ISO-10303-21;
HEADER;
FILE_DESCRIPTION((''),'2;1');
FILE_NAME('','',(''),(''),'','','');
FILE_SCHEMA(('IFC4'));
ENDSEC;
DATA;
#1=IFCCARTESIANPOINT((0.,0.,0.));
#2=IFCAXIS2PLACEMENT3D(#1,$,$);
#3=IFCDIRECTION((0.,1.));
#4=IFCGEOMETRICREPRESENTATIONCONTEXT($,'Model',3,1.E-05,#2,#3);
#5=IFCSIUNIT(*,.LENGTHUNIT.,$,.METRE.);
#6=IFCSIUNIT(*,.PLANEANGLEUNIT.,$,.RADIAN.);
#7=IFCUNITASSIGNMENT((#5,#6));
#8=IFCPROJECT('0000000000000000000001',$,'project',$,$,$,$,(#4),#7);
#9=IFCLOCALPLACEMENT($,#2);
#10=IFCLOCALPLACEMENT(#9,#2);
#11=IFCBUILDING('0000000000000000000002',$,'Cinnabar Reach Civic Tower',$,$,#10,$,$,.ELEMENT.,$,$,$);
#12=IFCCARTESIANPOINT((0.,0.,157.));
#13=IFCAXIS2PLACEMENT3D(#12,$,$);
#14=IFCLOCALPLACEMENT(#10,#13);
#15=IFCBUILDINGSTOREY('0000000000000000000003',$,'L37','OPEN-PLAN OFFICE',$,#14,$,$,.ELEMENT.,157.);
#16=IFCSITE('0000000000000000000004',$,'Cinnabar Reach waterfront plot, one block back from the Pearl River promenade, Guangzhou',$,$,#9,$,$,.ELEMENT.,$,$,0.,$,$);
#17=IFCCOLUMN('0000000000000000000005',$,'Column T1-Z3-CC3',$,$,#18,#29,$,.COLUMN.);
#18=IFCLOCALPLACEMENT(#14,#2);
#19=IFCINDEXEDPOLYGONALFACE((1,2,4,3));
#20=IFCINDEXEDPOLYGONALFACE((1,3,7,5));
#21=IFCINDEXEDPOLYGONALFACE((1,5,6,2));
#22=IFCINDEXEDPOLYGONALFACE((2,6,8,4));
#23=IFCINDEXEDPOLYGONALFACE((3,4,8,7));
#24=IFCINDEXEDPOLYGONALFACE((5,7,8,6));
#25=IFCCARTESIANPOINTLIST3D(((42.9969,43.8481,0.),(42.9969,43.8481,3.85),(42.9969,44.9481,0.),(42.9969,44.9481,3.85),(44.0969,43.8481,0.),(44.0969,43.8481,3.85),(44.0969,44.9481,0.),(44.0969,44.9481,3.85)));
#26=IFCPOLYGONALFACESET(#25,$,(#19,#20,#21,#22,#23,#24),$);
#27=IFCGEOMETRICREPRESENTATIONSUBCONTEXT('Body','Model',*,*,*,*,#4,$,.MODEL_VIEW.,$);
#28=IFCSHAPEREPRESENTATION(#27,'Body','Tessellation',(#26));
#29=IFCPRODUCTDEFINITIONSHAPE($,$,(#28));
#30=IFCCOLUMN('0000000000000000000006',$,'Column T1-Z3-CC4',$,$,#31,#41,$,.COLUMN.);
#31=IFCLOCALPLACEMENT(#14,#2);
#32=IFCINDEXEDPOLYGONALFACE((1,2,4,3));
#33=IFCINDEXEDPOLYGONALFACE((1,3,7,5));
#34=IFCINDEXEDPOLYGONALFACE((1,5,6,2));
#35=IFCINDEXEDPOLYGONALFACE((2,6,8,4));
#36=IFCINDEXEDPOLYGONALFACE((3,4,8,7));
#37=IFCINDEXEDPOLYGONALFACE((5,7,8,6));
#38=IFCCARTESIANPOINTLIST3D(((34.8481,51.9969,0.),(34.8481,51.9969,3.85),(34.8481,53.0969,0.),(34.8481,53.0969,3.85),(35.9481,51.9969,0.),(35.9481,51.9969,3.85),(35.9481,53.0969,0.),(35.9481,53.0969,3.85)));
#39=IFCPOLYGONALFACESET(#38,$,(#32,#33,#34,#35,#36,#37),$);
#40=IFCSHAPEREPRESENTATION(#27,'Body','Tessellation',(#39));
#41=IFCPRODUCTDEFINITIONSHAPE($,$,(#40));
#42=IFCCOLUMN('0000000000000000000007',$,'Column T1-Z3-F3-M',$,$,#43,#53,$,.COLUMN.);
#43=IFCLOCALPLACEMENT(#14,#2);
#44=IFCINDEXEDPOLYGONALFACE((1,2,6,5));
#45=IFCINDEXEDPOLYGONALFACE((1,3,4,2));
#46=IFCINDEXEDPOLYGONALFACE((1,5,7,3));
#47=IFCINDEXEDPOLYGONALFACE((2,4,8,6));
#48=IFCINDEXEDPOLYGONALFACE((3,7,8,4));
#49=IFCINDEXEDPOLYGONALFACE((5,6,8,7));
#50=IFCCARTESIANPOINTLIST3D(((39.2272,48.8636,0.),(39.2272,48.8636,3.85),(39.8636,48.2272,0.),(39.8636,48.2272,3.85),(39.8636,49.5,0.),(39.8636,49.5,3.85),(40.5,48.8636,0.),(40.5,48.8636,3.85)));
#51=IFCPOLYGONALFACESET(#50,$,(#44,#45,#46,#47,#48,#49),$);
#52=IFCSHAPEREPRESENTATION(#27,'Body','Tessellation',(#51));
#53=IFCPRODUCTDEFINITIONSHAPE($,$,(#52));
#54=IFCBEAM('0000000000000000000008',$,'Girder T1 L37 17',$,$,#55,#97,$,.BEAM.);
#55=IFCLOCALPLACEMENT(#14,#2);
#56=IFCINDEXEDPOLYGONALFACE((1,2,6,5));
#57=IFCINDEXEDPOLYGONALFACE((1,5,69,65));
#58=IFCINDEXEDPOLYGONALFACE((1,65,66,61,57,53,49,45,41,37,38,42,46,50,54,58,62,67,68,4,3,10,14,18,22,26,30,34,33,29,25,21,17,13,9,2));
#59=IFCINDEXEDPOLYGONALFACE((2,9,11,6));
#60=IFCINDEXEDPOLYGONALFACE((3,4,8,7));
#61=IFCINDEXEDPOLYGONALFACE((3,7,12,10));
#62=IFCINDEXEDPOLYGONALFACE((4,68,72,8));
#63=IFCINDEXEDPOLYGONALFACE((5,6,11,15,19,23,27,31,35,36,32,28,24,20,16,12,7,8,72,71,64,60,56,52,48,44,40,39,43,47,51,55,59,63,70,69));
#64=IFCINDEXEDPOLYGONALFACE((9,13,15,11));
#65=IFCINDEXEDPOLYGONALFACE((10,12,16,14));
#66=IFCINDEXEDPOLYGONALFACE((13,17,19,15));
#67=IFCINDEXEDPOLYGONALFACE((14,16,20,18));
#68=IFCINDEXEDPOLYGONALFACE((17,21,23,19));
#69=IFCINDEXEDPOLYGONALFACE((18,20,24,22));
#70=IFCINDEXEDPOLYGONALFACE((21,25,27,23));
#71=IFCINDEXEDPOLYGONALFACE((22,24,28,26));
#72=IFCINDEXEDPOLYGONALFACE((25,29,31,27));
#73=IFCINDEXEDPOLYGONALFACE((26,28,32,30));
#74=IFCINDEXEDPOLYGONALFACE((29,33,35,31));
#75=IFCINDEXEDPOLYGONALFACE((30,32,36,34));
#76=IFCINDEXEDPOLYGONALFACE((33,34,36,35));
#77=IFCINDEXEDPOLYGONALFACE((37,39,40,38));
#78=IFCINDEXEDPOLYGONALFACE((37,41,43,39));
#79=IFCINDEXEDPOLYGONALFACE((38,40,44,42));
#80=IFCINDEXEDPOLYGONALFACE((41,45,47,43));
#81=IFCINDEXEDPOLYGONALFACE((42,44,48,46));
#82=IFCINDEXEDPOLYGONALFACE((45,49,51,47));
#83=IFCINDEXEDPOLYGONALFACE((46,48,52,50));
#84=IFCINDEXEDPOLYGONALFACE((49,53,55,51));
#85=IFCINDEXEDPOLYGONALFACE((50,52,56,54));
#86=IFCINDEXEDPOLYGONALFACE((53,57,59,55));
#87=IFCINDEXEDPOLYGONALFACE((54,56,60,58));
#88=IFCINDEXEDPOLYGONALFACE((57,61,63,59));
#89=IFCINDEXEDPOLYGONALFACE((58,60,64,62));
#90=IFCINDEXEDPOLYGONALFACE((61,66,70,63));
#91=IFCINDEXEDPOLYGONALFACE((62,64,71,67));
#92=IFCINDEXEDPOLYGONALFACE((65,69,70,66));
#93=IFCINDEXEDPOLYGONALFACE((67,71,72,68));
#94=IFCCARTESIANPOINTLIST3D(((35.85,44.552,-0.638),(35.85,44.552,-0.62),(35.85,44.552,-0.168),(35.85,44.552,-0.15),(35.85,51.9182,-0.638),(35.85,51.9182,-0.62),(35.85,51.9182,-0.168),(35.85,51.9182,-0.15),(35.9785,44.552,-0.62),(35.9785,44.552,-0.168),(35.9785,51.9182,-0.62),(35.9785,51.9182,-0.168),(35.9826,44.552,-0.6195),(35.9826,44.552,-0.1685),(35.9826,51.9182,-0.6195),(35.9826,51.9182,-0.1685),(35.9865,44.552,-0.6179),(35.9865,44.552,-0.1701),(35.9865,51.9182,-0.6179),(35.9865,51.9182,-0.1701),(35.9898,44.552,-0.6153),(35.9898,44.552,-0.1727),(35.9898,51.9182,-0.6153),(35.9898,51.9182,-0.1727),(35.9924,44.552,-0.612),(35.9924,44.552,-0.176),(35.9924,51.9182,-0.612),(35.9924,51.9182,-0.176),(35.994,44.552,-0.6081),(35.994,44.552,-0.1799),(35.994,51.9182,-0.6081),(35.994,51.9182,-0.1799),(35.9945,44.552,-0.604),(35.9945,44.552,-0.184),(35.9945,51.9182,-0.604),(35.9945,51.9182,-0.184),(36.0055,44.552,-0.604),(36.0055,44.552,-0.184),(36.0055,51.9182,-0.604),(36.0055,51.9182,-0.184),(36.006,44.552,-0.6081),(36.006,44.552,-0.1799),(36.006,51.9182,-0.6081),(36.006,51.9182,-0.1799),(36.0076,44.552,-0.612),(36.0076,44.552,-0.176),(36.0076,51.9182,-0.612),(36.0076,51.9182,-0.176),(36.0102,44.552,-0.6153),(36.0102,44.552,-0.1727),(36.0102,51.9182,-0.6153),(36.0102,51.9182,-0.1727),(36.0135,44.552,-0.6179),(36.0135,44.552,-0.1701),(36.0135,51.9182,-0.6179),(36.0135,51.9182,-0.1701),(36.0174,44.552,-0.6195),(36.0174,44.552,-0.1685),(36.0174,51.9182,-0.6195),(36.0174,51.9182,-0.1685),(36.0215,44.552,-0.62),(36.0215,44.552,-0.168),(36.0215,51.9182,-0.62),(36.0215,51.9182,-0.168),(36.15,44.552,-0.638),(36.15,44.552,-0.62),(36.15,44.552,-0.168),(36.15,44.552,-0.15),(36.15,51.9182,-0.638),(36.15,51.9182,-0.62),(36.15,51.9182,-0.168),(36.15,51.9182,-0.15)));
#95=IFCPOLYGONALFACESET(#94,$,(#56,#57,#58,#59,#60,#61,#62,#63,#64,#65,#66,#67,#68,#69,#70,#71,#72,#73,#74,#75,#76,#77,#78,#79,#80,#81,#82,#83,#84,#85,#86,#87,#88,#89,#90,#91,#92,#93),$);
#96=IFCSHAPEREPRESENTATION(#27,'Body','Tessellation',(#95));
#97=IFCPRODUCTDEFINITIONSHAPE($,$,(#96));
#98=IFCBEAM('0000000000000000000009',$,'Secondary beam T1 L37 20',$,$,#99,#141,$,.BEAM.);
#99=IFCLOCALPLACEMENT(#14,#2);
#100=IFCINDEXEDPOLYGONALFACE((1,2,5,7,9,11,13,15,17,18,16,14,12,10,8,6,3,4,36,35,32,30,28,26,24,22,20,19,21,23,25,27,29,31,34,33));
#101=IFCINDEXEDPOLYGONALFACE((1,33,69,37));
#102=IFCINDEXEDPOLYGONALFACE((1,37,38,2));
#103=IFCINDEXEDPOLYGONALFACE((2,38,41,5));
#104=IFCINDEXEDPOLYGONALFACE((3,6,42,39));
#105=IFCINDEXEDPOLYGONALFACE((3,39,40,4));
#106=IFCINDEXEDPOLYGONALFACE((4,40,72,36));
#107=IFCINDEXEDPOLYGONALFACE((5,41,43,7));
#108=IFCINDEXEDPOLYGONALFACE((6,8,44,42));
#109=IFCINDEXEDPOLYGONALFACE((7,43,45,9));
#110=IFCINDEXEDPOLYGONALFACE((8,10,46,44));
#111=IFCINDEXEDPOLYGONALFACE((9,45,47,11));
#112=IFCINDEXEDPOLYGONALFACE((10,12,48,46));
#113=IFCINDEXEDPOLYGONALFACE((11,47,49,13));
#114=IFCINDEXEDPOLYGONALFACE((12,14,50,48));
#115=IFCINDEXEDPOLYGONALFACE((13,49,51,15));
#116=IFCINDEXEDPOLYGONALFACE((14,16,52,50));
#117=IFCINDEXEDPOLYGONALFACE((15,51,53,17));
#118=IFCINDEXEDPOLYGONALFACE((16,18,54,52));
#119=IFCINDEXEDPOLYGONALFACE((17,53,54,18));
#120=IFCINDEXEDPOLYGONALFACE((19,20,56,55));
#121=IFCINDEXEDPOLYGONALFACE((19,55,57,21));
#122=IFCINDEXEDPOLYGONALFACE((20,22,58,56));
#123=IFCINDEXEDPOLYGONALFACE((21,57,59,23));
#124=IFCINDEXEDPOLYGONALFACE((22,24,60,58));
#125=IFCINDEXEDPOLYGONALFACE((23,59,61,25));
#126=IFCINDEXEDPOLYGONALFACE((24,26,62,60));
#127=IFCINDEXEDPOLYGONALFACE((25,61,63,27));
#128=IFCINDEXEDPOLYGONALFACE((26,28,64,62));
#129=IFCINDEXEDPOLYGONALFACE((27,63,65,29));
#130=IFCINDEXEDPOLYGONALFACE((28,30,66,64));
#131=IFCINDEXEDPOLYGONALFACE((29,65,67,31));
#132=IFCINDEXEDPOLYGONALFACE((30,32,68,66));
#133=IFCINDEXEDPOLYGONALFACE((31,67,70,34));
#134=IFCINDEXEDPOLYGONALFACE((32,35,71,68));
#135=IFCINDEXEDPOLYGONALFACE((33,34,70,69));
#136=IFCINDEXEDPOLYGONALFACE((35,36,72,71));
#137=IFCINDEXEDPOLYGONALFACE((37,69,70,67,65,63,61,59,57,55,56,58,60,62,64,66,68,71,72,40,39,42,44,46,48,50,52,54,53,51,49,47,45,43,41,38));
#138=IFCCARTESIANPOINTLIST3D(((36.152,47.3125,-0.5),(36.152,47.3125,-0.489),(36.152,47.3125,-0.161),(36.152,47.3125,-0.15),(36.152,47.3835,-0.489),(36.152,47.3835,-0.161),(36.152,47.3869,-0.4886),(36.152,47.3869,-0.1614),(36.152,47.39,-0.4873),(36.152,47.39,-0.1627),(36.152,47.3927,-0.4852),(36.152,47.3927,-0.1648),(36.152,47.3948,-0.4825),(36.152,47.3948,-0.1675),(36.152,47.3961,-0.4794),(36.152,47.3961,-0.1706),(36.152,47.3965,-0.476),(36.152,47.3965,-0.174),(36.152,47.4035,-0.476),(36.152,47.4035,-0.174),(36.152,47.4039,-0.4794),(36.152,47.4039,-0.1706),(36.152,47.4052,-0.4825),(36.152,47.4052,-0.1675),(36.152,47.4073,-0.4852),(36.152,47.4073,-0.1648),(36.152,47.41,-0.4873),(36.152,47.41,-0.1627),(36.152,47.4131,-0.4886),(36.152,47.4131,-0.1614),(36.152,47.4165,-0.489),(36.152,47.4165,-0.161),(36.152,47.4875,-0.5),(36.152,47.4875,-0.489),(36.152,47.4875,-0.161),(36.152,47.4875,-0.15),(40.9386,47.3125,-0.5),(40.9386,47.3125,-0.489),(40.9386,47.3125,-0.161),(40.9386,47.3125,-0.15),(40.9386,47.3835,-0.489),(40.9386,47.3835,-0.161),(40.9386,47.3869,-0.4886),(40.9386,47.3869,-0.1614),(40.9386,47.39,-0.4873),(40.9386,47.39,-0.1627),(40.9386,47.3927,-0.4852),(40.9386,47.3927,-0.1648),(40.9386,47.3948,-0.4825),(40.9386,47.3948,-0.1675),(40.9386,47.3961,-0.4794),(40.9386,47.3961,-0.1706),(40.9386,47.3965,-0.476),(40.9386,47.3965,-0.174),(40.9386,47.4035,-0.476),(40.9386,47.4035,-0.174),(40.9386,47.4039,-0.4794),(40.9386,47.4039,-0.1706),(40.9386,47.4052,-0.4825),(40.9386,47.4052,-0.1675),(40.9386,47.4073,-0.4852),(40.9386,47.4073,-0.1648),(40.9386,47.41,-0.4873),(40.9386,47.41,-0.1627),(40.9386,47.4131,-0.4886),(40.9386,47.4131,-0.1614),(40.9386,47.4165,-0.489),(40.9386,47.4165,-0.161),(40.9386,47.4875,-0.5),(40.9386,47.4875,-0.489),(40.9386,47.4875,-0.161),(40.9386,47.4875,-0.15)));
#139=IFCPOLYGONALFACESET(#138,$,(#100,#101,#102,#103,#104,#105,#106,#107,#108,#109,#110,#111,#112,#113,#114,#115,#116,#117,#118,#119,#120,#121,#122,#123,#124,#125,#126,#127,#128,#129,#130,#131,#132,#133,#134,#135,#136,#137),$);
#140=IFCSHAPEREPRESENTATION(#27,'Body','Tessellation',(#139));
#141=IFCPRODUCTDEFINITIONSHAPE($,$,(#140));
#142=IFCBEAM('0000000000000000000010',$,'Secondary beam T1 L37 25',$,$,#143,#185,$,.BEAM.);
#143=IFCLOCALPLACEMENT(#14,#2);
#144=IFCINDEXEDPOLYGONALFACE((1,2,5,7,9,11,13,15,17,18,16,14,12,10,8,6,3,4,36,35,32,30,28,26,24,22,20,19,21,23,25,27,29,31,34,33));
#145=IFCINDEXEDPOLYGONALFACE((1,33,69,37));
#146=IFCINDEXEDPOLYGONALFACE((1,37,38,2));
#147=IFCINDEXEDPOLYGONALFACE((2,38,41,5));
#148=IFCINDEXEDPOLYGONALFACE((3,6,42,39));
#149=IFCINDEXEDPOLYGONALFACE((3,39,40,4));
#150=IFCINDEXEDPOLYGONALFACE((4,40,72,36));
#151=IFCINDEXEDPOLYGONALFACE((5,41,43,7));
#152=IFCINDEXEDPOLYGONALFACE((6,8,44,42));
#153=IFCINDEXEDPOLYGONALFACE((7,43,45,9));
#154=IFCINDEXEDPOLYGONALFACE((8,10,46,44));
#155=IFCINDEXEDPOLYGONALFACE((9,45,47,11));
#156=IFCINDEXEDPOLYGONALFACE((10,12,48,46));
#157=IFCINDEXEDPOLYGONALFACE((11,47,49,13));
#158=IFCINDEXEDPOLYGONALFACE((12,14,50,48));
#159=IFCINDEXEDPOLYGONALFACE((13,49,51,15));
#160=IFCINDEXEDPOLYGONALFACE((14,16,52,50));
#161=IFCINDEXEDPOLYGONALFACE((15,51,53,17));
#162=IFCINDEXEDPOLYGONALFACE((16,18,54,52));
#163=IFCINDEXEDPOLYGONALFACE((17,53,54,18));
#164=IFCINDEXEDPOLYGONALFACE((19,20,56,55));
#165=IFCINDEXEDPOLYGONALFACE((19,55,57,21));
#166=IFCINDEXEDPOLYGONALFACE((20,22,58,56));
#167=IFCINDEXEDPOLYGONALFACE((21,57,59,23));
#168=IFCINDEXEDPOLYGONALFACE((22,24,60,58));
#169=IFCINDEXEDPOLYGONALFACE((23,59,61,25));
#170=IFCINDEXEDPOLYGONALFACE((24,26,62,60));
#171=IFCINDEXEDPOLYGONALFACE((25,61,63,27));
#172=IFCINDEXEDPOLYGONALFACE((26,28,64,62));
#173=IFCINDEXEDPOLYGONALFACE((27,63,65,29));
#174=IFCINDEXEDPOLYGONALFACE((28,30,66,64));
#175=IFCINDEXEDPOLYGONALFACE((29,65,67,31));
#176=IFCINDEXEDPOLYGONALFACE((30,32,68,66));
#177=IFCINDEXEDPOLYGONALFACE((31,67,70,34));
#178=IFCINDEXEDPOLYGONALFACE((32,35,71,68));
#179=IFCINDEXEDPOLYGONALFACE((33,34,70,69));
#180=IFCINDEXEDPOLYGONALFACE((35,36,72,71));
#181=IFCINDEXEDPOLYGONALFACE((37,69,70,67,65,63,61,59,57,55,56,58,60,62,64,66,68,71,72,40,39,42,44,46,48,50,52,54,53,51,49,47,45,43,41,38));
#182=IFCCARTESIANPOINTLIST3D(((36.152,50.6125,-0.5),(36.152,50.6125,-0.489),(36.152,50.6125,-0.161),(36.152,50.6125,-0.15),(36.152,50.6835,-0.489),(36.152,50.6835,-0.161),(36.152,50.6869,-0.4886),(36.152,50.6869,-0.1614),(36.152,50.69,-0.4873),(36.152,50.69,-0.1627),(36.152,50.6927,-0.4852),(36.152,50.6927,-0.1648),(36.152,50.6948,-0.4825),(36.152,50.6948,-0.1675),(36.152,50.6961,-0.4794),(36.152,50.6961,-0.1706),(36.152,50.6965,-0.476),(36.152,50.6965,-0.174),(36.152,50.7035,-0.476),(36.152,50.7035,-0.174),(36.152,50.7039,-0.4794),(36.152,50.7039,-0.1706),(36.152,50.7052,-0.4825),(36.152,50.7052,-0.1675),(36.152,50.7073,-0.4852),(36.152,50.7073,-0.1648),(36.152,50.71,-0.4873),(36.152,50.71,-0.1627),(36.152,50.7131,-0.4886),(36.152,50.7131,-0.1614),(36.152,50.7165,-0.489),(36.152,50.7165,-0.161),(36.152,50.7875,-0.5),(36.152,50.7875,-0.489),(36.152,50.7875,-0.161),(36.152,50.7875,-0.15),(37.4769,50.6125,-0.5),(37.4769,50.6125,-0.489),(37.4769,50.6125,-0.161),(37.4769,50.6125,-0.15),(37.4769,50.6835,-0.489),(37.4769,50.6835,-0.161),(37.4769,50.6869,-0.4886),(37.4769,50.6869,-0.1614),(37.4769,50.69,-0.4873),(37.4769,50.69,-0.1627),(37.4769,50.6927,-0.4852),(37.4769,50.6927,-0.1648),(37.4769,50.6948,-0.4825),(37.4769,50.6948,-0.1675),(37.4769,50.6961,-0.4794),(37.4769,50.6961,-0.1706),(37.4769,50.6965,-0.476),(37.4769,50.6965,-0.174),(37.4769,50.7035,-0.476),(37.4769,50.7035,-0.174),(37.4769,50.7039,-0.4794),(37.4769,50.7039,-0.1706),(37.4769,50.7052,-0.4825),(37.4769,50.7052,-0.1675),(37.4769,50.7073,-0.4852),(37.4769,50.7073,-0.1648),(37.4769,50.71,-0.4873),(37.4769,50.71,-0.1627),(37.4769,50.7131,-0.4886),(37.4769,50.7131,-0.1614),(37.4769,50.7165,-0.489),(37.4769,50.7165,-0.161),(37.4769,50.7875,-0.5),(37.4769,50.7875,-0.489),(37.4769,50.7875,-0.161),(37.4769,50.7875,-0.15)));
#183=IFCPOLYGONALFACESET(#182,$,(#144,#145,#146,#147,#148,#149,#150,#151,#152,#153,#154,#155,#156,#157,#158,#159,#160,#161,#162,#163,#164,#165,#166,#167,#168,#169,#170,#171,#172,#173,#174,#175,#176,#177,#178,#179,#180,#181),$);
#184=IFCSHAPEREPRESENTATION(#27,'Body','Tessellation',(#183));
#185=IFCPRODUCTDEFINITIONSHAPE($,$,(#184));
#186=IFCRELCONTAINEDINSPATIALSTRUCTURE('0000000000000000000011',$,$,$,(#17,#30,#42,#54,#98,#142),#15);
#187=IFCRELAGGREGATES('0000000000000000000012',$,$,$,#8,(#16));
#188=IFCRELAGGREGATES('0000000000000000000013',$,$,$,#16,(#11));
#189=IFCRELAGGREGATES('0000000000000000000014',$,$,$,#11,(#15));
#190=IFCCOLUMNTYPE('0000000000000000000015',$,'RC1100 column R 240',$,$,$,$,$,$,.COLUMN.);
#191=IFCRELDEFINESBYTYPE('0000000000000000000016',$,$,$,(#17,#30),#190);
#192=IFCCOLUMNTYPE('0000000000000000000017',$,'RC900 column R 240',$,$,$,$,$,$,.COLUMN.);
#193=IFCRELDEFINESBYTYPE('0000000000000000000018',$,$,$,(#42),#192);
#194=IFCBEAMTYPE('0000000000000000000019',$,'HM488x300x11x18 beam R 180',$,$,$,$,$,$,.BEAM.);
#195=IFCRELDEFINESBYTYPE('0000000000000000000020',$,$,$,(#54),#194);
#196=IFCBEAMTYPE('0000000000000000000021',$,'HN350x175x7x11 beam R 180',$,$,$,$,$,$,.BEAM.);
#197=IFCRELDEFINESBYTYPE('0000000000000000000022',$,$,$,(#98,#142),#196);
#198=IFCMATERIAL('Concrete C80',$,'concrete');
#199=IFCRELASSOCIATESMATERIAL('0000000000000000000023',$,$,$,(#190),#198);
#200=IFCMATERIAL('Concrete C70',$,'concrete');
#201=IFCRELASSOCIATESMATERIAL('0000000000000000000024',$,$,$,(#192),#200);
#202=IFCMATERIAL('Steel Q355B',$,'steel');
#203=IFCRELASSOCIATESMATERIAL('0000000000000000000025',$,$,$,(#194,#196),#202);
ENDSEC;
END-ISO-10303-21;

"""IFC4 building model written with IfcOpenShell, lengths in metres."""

from ifc_helpers import new_model, si_unit, direction, frame, origin, origin_2d, place, context, subcontext, project, spatial, rectangle, i_section, extrude, material, material_profile, profile_set, type_object, element, save


model = new_model("IFC4")

# Units and contexts
model_context = context("Model", 3, precision=1e-05, world=origin(), true_north=direction((0.0, 1.0)))
body_context = subcontext(model_context, "Body", "Model", "MODEL_VIEW")
ifc_project = project(units=[si_unit("LENGTHUNIT", "METRE"), si_unit("PLANEANGLEUNIT", "RADIAN")], contexts=[model_context])

# Site, building, storey
site_placement = place(None, origin())
site = spatial("IfcSite", under=ifc_project, at=site_placement, Name="Cinnabar Reach waterfront plot, one block back from the Pearl River promenade, Guangzhou", CompositionType="ELEMENT", RefElevation=0.0)
building_placement = place(site_placement, origin())
building = spatial("IfcBuilding", under=site, at=building_placement, Name="Cinnabar Reach Civic Tower", CompositionType="ELEMENT")
storey_placement = place(building_placement, frame((0.0, 0.0, 157.0)))
storey = spatial("IfcBuildingStorey", under=building, at=storey_placement, Name="L37", Description="OPEN-PLAN OFFICE", CompositionType="ELEMENT", Elevation=157.0)

# Columns
ifc_material_1 = material(Name="Concrete C80", Category="concrete")
ifc_material_profile_1 = material_profile(ifc_material_1, rectangle(XDim=1.1, YDim=1.1, at=origin_2d()), Name="RC1100")
ifc_profile_set_1 = profile_set([ifc_material_profile_1], Name="Concrete C80")
column_type_1 = type_object("IfcColumnType", Name="RC1100 column R 240", PredefinedType="COLUMN", material=ifc_profile_set_1)
for number, where, z_axis, x_axis, name in (
    (1, (43.5469, 44.3981, 0.0), (0.0, 0.0, 1.0), (1.0, 0.0, 0.0), "Column T1-Z3-CC3"),
    (2, (35.3981, 52.5469, 0.0), (0.0, 0.0, 1.0), (1.0, 0.0, 0.0), "Column T1-Z3-CC4"),
):
    element("IfcColumn", number, at=place(storey_placement, frame(where, z_axis=z_axis, x_axis=x_axis)), inside=storey, type_object=column_type_1, Name=name, PredefinedType="COLUMN", context=body_context, shape_type="SweptSolid", body=[
        extrude(rectangle(XDim=1.1, YDim=1.1, at=origin_2d()), origin(), (0.0, 0.0, 1.0), 3.85),
    ])
ifc_material_2 = material(Name="Concrete C70", Category="concrete")
ifc_material_profile_2 = material_profile(ifc_material_2, rectangle(XDim=0.9, YDim=0.9, at=origin_2d()), Name="RC900")
ifc_profile_set_2 = profile_set([ifc_material_profile_2], Name="Concrete C70")
column_type_2 = type_object("IfcColumnType", Name="RC900 column R 240", PredefinedType="COLUMN", material=ifc_profile_set_2)
column_placement = place(storey_placement, frame((39.8636, 48.8636, 0.0), z_axis=(0.0, 0.0, 1.0), x_axis=(0.707107, 0.707107, 0.0)))
element("IfcColumn", 3, at=column_placement, inside=storey, type_object=column_type_2, Name="Column T1-Z3-F3-M", PredefinedType="COLUMN", context=body_context, shape_type="SweptSolid", body=[
    extrude(rectangle(XDim=0.9, YDim=0.9, at=origin_2d()), origin(), (0.0, 0.0, 1.0), 3.85),
])

# Beams
ifc_material_3 = material(Name="Steel Q355B", Category="steel")
ifc_material_profile_3 = material_profile(ifc_material_3, i_section(OverallWidth=0.3, OverallDepth=0.488, WebThickness=0.011, FlangeThickness=0.018, FilletRadius=0.016, at=origin_2d()), Name="HM488x300x11x18")
ifc_profile_set_3 = profile_set([ifc_material_profile_3], Name="Steel Q355B")
beam_type_1 = type_object("IfcBeamType", Name="HM488x300x11x18 beam R 180", PredefinedType="BEAM", material=ifc_profile_set_3)
beam_1_placement = place(storey_placement, frame((36.0, 44.552, -0.394), z_axis=(0.0, 1.0, 0.0), x_axis=(-1.0, 0.0, 0.0)))
element("IfcBeam", 4, at=beam_1_placement, inside=storey, type_object=beam_type_1, Name="Girder T1 L37 17", PredefinedType="BEAM", context=body_context, shape_type="SweptSolid", body=[
    extrude(i_section(OverallWidth=0.3, OverallDepth=0.488, WebThickness=0.011, FlangeThickness=0.018, FilletRadius=0.016, at=origin_2d()), origin(), (0.0, 0.0, 1.0), 7.3662),
])
ifc_material_profile_4 = material_profile(ifc_material_3, i_section(OverallWidth=0.175, OverallDepth=0.35, WebThickness=0.007, FlangeThickness=0.011, FilletRadius=0.013, at=origin_2d()), Name="HN350x175x7x11")
ifc_profile_set_4 = profile_set([ifc_material_profile_4], Name="Steel Q355B")
beam_type_2 = type_object("IfcBeamType", Name="HN350x175x7x11 beam R 180", PredefinedType="BEAM", material=ifc_profile_set_4)
beam_2_placement = place(storey_placement, frame((36.152, 47.4, -0.325), z_axis=(1.0, 0.0, 0.0), x_axis=(0.0, 1.0, 0.0)))
element("IfcBeam", 5, at=beam_2_placement, inside=storey, type_object=beam_type_2, Name="Secondary beam T1 L37 20", PredefinedType="BEAM", context=body_context, shape_type="SweptSolid", body=[
    extrude(i_section(OverallWidth=0.175, OverallDepth=0.35, WebThickness=0.007, FlangeThickness=0.011, FilletRadius=0.013, at=origin_2d()), origin(), (0.0, 0.0, 1.0), 4.7866),
])
beam_3_placement = place(storey_placement, frame((36.152, 50.7, -0.325), z_axis=(1.0, 0.0, 0.0), x_axis=(0.0, 1.0, 0.0)))
element("IfcBeam", 6, at=beam_3_placement, inside=storey, type_object=beam_type_2, Name="Secondary beam T1 L37 25", PredefinedType="BEAM", context=body_context, shape_type="SweptSolid", body=[
    extrude(i_section(OverallWidth=0.175, OverallDepth=0.35, WebThickness=0.007, FlangeThickness=0.011, FilletRadius=0.013, at=origin_2d()), origin(), (0.0, 0.0, 1.0), 1.3249),
])

save(model, "model.ifc")
